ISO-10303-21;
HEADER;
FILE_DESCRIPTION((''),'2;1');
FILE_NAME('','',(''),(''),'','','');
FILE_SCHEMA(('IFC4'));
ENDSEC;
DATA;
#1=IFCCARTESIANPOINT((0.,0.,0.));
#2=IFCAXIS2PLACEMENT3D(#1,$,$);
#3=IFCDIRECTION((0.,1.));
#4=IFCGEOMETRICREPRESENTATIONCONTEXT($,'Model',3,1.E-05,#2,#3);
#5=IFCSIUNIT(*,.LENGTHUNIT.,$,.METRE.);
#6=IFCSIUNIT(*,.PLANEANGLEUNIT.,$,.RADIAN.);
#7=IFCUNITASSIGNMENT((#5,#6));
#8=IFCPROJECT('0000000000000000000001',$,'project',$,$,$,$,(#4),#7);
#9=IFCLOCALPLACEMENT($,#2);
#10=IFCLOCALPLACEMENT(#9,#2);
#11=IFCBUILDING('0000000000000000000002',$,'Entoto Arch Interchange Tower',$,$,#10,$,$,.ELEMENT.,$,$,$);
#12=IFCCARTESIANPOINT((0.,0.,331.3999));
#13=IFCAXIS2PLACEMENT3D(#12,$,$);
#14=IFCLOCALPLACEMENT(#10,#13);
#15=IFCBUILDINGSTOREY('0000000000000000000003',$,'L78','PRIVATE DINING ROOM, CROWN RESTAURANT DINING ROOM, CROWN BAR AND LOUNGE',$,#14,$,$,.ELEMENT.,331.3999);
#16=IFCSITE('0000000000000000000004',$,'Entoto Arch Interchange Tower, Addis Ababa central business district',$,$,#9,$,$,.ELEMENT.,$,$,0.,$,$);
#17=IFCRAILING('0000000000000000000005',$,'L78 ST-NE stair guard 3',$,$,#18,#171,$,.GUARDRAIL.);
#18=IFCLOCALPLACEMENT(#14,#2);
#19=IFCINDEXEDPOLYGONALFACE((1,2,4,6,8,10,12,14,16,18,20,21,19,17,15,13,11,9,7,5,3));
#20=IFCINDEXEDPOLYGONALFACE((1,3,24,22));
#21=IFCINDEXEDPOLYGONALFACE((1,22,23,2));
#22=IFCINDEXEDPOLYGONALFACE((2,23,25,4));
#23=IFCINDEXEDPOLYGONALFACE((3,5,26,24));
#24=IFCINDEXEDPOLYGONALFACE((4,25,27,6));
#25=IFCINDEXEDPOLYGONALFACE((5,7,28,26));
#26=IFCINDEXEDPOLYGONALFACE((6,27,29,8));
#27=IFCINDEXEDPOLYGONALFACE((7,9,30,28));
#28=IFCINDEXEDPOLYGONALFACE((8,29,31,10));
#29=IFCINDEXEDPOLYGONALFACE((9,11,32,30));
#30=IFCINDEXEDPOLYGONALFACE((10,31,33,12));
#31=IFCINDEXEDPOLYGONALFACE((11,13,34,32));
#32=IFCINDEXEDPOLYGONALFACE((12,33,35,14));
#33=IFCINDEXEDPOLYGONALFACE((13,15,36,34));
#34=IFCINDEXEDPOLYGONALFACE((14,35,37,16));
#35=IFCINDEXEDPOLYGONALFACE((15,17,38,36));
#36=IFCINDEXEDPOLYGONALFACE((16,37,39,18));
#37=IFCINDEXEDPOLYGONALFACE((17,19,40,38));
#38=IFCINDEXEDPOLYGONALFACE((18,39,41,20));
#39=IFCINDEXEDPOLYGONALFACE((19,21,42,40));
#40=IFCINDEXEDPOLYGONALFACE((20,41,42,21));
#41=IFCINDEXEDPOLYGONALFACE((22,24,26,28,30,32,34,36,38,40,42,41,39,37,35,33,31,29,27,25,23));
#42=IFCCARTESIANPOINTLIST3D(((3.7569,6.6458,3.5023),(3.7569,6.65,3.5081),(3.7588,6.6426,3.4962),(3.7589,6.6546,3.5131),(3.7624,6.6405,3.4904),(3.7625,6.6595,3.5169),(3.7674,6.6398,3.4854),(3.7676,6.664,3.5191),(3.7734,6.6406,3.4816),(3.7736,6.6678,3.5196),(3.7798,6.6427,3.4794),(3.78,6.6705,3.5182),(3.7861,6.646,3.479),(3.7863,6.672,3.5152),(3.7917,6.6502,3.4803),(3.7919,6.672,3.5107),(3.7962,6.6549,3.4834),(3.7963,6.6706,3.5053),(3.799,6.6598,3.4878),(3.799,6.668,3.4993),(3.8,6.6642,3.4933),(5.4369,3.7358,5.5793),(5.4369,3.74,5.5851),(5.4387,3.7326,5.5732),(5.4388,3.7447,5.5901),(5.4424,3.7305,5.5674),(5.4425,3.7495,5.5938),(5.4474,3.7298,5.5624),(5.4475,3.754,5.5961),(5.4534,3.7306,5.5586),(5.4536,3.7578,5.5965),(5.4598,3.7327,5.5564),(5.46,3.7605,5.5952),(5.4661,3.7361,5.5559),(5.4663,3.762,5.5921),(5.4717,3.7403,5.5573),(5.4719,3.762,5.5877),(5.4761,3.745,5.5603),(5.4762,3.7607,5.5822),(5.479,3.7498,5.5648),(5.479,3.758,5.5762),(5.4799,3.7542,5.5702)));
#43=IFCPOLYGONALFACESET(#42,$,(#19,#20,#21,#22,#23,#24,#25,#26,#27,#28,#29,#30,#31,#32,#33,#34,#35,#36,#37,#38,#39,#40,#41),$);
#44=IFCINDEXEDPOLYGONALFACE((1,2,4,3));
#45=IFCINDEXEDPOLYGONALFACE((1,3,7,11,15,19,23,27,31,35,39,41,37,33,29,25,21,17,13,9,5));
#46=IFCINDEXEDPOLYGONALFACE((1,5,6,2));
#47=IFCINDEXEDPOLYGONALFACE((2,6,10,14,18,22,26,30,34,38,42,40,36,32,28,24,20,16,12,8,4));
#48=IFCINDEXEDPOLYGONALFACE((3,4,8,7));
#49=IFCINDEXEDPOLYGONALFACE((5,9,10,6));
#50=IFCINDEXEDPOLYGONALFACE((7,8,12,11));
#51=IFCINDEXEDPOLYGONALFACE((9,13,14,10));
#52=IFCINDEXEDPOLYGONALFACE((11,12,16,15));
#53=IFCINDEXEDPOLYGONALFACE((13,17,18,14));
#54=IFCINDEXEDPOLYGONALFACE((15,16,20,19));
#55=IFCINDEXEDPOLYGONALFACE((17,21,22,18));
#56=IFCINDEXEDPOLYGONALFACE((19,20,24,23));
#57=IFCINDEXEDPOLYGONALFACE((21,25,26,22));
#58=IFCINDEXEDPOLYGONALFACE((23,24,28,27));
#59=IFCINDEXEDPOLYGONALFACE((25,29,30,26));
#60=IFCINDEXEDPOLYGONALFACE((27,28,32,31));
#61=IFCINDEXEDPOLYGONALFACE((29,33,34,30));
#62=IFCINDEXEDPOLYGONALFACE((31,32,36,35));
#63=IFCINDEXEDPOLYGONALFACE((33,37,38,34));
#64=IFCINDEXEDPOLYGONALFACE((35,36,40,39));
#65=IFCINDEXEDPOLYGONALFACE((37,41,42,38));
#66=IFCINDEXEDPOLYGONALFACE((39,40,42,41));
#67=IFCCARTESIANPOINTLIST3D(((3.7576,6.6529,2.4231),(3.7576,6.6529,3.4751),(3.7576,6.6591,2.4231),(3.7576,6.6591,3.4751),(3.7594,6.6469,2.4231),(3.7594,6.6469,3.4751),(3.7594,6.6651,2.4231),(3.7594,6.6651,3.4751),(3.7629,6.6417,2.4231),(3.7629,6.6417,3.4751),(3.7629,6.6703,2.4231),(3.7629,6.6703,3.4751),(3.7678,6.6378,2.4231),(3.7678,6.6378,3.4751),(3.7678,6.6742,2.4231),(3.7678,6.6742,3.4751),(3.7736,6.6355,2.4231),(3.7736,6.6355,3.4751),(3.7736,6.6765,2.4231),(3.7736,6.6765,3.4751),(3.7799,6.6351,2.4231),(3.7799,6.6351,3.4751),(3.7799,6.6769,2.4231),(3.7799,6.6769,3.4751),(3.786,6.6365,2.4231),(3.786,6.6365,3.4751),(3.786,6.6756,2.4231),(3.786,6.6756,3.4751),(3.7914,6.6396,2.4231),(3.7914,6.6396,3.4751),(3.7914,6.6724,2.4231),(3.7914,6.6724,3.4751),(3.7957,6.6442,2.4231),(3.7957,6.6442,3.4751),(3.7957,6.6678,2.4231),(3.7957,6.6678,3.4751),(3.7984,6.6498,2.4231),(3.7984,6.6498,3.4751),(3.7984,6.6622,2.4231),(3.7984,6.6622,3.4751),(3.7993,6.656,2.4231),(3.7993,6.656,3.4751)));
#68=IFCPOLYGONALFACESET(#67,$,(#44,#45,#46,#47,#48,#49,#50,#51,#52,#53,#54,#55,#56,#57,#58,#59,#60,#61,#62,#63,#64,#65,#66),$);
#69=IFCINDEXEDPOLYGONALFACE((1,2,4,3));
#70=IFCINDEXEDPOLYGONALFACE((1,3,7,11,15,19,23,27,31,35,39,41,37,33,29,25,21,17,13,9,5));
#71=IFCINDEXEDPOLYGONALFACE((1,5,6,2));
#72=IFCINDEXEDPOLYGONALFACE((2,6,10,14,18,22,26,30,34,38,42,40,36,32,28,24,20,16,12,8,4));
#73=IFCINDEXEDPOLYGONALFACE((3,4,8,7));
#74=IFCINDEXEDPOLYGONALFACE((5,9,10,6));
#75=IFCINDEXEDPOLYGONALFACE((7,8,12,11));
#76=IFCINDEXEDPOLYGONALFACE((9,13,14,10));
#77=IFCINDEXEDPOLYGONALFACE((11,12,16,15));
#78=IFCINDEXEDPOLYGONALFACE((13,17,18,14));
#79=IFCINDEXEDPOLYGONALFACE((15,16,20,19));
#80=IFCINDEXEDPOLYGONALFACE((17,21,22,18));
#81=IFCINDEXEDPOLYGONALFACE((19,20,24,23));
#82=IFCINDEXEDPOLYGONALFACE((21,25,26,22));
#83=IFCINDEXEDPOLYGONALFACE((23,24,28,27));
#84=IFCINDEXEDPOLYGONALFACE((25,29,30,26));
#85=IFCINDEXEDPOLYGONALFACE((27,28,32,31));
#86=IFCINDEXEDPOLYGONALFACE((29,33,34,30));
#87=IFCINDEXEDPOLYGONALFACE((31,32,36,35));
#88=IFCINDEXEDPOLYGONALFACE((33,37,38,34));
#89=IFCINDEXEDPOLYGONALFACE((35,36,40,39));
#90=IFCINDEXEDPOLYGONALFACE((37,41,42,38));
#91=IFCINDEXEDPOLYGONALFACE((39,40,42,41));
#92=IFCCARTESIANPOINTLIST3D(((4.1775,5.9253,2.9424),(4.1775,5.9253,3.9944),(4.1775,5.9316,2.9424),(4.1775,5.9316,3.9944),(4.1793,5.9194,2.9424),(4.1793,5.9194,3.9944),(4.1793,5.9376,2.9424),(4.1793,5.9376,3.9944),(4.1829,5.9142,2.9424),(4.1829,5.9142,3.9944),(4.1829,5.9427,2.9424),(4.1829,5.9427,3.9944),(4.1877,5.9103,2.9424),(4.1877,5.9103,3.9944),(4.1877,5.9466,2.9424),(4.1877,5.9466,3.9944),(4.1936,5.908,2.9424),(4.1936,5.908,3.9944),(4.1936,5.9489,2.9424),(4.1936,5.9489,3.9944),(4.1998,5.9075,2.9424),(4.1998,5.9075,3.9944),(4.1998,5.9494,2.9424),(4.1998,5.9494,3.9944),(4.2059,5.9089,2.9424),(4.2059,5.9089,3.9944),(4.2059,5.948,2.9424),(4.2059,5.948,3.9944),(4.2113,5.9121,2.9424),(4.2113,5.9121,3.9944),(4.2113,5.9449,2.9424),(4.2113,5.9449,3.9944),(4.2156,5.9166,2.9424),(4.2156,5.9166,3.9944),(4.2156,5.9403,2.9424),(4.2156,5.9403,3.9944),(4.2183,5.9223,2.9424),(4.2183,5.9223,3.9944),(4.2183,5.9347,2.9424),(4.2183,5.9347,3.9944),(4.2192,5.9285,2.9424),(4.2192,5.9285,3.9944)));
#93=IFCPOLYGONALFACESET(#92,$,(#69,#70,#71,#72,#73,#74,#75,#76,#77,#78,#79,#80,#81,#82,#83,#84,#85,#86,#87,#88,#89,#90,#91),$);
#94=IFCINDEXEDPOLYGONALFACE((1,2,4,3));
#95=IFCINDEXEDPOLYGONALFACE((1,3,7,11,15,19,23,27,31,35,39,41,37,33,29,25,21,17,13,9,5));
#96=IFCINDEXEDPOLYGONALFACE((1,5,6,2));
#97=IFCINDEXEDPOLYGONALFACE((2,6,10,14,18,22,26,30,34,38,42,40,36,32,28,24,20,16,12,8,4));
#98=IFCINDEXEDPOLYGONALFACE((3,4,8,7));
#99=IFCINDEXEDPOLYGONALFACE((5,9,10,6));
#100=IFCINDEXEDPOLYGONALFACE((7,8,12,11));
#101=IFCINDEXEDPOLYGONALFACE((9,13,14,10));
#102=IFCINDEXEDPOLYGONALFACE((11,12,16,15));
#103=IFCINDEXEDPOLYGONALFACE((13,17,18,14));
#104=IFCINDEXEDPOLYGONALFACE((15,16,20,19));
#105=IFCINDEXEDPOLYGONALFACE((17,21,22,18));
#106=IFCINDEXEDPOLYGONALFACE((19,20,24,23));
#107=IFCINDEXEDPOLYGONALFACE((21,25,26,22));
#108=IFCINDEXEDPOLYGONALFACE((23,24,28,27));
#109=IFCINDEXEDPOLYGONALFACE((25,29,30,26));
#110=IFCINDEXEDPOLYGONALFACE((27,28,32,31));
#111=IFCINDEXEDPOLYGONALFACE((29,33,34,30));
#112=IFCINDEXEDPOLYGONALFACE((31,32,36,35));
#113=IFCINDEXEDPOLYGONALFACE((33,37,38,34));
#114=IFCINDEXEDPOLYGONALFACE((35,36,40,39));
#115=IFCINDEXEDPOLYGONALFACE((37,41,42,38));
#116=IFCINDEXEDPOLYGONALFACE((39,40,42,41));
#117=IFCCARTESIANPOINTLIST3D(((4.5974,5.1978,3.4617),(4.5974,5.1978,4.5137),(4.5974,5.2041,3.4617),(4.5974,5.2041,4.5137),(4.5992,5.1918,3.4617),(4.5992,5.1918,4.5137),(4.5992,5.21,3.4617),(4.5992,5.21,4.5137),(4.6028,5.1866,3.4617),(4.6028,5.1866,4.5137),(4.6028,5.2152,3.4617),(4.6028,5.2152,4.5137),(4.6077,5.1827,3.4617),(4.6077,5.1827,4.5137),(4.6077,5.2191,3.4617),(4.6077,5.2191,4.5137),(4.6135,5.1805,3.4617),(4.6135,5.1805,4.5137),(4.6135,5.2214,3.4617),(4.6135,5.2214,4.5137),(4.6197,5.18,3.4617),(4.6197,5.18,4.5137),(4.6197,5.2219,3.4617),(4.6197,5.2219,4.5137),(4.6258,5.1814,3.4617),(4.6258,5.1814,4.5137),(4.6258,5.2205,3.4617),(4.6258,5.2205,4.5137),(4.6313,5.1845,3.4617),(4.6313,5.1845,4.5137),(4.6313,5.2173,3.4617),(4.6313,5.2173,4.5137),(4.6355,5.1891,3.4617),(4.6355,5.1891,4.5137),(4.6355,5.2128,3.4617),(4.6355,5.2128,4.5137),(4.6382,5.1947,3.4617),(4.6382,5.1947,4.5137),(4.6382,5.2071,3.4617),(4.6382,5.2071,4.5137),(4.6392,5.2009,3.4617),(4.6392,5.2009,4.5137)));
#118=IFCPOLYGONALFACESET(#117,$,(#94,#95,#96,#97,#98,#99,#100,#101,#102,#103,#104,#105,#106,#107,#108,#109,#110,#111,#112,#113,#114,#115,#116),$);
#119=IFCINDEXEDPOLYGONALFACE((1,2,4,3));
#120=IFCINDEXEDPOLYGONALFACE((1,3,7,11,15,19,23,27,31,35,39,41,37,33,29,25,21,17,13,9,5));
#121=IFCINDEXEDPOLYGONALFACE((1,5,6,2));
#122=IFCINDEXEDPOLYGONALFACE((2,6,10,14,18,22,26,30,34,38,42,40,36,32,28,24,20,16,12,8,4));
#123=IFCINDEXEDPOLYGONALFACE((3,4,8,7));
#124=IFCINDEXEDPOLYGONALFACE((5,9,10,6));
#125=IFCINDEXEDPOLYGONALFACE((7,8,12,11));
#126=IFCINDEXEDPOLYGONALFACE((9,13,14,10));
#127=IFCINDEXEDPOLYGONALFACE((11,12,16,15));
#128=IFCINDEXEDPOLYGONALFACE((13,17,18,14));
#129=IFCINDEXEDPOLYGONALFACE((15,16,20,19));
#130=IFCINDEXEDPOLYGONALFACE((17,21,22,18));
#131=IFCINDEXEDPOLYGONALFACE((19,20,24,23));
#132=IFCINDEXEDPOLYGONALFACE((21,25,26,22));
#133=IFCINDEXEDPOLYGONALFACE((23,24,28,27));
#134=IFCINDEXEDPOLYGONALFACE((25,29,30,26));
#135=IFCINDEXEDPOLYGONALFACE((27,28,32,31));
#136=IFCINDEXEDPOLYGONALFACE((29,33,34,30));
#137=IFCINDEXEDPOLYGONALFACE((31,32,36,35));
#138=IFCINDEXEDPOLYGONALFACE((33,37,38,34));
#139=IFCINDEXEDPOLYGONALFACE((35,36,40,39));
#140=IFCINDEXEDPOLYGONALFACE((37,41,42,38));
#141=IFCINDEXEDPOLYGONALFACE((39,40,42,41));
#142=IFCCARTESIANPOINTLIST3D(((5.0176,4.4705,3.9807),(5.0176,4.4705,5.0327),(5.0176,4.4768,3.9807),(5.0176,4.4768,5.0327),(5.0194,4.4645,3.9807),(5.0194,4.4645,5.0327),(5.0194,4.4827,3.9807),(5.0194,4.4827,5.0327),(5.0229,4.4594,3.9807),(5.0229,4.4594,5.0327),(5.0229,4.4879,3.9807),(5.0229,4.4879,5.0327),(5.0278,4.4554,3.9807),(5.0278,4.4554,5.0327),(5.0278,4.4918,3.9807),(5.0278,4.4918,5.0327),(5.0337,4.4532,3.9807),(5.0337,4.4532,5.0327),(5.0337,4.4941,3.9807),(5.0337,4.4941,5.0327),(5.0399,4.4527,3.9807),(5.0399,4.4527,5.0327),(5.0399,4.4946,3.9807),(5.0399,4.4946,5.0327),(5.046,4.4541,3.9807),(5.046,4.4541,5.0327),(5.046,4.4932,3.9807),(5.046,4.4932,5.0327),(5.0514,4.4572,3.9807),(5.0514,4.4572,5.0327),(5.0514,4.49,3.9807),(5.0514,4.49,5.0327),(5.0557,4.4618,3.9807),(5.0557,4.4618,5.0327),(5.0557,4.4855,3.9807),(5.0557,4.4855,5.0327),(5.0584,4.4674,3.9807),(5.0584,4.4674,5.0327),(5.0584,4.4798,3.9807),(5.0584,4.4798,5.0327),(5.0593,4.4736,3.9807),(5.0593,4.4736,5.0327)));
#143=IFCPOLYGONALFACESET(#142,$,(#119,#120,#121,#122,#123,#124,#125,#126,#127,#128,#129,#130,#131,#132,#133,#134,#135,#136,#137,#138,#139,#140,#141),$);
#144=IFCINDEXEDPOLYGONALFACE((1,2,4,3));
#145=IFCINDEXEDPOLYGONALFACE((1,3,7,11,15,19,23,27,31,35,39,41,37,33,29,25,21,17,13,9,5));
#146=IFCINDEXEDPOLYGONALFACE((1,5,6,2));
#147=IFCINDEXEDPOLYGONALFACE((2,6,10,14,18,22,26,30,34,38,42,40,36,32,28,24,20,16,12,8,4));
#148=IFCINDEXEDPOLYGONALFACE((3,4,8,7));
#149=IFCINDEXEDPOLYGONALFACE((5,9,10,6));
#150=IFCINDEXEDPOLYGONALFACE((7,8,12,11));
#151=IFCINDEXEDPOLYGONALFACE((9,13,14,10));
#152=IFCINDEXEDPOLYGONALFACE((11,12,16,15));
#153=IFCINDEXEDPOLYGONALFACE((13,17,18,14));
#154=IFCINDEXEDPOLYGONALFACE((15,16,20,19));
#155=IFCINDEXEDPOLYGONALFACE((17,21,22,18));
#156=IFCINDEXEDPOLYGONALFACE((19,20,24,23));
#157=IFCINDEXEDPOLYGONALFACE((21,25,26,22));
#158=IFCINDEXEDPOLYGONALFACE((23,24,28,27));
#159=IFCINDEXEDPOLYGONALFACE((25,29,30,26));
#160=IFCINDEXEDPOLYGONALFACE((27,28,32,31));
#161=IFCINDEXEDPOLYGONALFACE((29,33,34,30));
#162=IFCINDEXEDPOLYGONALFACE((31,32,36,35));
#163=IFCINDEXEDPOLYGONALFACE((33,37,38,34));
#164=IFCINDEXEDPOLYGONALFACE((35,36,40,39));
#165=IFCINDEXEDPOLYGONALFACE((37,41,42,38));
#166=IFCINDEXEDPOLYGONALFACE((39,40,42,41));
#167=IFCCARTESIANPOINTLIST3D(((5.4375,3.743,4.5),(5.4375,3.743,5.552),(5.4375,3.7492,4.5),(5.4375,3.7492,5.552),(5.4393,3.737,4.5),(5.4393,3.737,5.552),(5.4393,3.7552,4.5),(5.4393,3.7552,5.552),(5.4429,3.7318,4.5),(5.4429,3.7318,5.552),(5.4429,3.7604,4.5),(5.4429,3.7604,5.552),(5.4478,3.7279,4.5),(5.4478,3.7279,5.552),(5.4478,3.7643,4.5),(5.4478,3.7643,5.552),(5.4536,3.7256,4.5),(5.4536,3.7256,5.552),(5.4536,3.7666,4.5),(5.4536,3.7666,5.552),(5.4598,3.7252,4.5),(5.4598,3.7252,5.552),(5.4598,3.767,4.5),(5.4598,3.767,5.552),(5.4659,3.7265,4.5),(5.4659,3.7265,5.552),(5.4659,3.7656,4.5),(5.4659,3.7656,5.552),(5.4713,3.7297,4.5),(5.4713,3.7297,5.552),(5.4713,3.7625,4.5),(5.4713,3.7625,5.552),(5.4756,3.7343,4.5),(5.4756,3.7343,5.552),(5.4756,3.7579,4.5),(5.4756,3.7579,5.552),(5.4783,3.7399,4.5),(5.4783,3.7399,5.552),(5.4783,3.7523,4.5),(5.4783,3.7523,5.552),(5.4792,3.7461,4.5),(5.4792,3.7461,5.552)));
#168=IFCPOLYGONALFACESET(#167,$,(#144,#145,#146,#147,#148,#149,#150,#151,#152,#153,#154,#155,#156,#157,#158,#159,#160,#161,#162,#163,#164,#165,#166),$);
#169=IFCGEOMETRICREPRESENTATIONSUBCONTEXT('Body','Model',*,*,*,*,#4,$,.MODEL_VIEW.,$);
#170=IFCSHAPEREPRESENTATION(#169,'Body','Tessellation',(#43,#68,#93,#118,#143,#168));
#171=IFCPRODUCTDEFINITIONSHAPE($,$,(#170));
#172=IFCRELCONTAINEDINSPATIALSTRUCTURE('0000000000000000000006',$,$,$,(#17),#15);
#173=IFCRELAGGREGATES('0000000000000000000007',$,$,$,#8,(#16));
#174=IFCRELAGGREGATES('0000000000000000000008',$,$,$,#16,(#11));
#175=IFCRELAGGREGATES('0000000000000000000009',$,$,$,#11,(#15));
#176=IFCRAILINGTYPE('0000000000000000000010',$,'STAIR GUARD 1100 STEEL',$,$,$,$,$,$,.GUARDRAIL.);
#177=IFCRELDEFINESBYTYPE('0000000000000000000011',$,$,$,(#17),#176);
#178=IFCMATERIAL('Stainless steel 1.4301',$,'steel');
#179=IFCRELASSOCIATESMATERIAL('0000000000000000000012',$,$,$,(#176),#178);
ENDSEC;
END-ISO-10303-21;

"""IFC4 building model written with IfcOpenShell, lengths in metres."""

from ifc_helpers import new_model, si_unit, direction, frame, origin, origin_2d, place, context, subcontext, project, spatial, circle, extrude, material, type_object, element, save


model = new_model("IFC4")

# Units and contexts
model_context = context("Model", 3, precision=1e-05, world=origin(), true_north=direction((0.0, 1.0)))
body_context = subcontext(model_context, "Body", "Model", "MODEL_VIEW")
ifc_project = project(units=[si_unit("LENGTHUNIT", "METRE"), si_unit("PLANEANGLEUNIT", "RADIAN")], contexts=[model_context])

# Site, building, storey
site_placement = place(None, origin())
site = spatial("IfcSite", under=ifc_project, at=site_placement, Name="Entoto Arch Interchange Tower, Addis Ababa central business district", CompositionType="ELEMENT", RefElevation=0.0)
building_placement = place(site_placement, origin())
building = spatial("IfcBuilding", under=site, at=building_placement, Name="Entoto Arch Interchange Tower", CompositionType="ELEMENT")
storey_placement = place(building_placement, frame((0.0, 0.0, 331.3999)))
storey = spatial("IfcBuildingStorey", under=building, at=storey_placement, Name="L78", Description="PRIVATE DINING ROOM, CROWN RESTAURANT DINING ROOM, CROWN BAR AND LOUNGE", CompositionType="ELEMENT", Elevation=331.3999)

# Railing
ifc_material_1 = material(Name="Stainless steel 1.4301", Category="steel")
railing_type_1 = type_object("IfcRailingType", Name="STAIR GUARD 1100 STEEL", PredefinedType="GUARDRAIL", material=ifc_material_1)
railing_1_placement = place(storey_placement, frame((3.7783, 6.656, 2.4231)))
element("IfcRailing", 1, at=railing_1_placement, inside=storey, type_object=railing_type_1, Name="L78 ST-NE stair guard 3", PredefinedType="GUARDRAIL", context=body_context, shape_type="SweptSolid", body=[
    extrude(circle(Radius=0.0239, at=origin_2d()), frame((0.0, 0.0, 1.0762), z_axis=(0.425288, -0.736668, 0.525785), x_axis=(0.866039, 0.499976, 0.0)), (0.0, 0.0, 1.0), 3.9502),
    extrude(circle(Radius=0.021, at=origin_2d()), origin(), (0.0, 0.0, 1.0), 1.052),
    extrude(circle(Radius=0.021, at=origin_2d()), frame((0.4199, -0.7275, 0.5193)), (0.0, 0.0, 1.0), 1.052),
    extrude(circle(Radius=0.021, at=origin_2d()), frame((0.8398, -1.4551, 1.0386)), (0.0, 0.0, 1.0), 1.052),
    extrude(circle(Radius=0.021, at=origin_2d()), frame((1.26, -2.1824, 1.5576)), (0.0, 0.0, 1.0), 1.052),
    extrude(circle(Radius=0.021, at=origin_2d()), frame((1.6799, -2.9099, 2.0769)), (0.0, 0.0, 1.0), 1.052),
])

save(model, "model.ifc")
